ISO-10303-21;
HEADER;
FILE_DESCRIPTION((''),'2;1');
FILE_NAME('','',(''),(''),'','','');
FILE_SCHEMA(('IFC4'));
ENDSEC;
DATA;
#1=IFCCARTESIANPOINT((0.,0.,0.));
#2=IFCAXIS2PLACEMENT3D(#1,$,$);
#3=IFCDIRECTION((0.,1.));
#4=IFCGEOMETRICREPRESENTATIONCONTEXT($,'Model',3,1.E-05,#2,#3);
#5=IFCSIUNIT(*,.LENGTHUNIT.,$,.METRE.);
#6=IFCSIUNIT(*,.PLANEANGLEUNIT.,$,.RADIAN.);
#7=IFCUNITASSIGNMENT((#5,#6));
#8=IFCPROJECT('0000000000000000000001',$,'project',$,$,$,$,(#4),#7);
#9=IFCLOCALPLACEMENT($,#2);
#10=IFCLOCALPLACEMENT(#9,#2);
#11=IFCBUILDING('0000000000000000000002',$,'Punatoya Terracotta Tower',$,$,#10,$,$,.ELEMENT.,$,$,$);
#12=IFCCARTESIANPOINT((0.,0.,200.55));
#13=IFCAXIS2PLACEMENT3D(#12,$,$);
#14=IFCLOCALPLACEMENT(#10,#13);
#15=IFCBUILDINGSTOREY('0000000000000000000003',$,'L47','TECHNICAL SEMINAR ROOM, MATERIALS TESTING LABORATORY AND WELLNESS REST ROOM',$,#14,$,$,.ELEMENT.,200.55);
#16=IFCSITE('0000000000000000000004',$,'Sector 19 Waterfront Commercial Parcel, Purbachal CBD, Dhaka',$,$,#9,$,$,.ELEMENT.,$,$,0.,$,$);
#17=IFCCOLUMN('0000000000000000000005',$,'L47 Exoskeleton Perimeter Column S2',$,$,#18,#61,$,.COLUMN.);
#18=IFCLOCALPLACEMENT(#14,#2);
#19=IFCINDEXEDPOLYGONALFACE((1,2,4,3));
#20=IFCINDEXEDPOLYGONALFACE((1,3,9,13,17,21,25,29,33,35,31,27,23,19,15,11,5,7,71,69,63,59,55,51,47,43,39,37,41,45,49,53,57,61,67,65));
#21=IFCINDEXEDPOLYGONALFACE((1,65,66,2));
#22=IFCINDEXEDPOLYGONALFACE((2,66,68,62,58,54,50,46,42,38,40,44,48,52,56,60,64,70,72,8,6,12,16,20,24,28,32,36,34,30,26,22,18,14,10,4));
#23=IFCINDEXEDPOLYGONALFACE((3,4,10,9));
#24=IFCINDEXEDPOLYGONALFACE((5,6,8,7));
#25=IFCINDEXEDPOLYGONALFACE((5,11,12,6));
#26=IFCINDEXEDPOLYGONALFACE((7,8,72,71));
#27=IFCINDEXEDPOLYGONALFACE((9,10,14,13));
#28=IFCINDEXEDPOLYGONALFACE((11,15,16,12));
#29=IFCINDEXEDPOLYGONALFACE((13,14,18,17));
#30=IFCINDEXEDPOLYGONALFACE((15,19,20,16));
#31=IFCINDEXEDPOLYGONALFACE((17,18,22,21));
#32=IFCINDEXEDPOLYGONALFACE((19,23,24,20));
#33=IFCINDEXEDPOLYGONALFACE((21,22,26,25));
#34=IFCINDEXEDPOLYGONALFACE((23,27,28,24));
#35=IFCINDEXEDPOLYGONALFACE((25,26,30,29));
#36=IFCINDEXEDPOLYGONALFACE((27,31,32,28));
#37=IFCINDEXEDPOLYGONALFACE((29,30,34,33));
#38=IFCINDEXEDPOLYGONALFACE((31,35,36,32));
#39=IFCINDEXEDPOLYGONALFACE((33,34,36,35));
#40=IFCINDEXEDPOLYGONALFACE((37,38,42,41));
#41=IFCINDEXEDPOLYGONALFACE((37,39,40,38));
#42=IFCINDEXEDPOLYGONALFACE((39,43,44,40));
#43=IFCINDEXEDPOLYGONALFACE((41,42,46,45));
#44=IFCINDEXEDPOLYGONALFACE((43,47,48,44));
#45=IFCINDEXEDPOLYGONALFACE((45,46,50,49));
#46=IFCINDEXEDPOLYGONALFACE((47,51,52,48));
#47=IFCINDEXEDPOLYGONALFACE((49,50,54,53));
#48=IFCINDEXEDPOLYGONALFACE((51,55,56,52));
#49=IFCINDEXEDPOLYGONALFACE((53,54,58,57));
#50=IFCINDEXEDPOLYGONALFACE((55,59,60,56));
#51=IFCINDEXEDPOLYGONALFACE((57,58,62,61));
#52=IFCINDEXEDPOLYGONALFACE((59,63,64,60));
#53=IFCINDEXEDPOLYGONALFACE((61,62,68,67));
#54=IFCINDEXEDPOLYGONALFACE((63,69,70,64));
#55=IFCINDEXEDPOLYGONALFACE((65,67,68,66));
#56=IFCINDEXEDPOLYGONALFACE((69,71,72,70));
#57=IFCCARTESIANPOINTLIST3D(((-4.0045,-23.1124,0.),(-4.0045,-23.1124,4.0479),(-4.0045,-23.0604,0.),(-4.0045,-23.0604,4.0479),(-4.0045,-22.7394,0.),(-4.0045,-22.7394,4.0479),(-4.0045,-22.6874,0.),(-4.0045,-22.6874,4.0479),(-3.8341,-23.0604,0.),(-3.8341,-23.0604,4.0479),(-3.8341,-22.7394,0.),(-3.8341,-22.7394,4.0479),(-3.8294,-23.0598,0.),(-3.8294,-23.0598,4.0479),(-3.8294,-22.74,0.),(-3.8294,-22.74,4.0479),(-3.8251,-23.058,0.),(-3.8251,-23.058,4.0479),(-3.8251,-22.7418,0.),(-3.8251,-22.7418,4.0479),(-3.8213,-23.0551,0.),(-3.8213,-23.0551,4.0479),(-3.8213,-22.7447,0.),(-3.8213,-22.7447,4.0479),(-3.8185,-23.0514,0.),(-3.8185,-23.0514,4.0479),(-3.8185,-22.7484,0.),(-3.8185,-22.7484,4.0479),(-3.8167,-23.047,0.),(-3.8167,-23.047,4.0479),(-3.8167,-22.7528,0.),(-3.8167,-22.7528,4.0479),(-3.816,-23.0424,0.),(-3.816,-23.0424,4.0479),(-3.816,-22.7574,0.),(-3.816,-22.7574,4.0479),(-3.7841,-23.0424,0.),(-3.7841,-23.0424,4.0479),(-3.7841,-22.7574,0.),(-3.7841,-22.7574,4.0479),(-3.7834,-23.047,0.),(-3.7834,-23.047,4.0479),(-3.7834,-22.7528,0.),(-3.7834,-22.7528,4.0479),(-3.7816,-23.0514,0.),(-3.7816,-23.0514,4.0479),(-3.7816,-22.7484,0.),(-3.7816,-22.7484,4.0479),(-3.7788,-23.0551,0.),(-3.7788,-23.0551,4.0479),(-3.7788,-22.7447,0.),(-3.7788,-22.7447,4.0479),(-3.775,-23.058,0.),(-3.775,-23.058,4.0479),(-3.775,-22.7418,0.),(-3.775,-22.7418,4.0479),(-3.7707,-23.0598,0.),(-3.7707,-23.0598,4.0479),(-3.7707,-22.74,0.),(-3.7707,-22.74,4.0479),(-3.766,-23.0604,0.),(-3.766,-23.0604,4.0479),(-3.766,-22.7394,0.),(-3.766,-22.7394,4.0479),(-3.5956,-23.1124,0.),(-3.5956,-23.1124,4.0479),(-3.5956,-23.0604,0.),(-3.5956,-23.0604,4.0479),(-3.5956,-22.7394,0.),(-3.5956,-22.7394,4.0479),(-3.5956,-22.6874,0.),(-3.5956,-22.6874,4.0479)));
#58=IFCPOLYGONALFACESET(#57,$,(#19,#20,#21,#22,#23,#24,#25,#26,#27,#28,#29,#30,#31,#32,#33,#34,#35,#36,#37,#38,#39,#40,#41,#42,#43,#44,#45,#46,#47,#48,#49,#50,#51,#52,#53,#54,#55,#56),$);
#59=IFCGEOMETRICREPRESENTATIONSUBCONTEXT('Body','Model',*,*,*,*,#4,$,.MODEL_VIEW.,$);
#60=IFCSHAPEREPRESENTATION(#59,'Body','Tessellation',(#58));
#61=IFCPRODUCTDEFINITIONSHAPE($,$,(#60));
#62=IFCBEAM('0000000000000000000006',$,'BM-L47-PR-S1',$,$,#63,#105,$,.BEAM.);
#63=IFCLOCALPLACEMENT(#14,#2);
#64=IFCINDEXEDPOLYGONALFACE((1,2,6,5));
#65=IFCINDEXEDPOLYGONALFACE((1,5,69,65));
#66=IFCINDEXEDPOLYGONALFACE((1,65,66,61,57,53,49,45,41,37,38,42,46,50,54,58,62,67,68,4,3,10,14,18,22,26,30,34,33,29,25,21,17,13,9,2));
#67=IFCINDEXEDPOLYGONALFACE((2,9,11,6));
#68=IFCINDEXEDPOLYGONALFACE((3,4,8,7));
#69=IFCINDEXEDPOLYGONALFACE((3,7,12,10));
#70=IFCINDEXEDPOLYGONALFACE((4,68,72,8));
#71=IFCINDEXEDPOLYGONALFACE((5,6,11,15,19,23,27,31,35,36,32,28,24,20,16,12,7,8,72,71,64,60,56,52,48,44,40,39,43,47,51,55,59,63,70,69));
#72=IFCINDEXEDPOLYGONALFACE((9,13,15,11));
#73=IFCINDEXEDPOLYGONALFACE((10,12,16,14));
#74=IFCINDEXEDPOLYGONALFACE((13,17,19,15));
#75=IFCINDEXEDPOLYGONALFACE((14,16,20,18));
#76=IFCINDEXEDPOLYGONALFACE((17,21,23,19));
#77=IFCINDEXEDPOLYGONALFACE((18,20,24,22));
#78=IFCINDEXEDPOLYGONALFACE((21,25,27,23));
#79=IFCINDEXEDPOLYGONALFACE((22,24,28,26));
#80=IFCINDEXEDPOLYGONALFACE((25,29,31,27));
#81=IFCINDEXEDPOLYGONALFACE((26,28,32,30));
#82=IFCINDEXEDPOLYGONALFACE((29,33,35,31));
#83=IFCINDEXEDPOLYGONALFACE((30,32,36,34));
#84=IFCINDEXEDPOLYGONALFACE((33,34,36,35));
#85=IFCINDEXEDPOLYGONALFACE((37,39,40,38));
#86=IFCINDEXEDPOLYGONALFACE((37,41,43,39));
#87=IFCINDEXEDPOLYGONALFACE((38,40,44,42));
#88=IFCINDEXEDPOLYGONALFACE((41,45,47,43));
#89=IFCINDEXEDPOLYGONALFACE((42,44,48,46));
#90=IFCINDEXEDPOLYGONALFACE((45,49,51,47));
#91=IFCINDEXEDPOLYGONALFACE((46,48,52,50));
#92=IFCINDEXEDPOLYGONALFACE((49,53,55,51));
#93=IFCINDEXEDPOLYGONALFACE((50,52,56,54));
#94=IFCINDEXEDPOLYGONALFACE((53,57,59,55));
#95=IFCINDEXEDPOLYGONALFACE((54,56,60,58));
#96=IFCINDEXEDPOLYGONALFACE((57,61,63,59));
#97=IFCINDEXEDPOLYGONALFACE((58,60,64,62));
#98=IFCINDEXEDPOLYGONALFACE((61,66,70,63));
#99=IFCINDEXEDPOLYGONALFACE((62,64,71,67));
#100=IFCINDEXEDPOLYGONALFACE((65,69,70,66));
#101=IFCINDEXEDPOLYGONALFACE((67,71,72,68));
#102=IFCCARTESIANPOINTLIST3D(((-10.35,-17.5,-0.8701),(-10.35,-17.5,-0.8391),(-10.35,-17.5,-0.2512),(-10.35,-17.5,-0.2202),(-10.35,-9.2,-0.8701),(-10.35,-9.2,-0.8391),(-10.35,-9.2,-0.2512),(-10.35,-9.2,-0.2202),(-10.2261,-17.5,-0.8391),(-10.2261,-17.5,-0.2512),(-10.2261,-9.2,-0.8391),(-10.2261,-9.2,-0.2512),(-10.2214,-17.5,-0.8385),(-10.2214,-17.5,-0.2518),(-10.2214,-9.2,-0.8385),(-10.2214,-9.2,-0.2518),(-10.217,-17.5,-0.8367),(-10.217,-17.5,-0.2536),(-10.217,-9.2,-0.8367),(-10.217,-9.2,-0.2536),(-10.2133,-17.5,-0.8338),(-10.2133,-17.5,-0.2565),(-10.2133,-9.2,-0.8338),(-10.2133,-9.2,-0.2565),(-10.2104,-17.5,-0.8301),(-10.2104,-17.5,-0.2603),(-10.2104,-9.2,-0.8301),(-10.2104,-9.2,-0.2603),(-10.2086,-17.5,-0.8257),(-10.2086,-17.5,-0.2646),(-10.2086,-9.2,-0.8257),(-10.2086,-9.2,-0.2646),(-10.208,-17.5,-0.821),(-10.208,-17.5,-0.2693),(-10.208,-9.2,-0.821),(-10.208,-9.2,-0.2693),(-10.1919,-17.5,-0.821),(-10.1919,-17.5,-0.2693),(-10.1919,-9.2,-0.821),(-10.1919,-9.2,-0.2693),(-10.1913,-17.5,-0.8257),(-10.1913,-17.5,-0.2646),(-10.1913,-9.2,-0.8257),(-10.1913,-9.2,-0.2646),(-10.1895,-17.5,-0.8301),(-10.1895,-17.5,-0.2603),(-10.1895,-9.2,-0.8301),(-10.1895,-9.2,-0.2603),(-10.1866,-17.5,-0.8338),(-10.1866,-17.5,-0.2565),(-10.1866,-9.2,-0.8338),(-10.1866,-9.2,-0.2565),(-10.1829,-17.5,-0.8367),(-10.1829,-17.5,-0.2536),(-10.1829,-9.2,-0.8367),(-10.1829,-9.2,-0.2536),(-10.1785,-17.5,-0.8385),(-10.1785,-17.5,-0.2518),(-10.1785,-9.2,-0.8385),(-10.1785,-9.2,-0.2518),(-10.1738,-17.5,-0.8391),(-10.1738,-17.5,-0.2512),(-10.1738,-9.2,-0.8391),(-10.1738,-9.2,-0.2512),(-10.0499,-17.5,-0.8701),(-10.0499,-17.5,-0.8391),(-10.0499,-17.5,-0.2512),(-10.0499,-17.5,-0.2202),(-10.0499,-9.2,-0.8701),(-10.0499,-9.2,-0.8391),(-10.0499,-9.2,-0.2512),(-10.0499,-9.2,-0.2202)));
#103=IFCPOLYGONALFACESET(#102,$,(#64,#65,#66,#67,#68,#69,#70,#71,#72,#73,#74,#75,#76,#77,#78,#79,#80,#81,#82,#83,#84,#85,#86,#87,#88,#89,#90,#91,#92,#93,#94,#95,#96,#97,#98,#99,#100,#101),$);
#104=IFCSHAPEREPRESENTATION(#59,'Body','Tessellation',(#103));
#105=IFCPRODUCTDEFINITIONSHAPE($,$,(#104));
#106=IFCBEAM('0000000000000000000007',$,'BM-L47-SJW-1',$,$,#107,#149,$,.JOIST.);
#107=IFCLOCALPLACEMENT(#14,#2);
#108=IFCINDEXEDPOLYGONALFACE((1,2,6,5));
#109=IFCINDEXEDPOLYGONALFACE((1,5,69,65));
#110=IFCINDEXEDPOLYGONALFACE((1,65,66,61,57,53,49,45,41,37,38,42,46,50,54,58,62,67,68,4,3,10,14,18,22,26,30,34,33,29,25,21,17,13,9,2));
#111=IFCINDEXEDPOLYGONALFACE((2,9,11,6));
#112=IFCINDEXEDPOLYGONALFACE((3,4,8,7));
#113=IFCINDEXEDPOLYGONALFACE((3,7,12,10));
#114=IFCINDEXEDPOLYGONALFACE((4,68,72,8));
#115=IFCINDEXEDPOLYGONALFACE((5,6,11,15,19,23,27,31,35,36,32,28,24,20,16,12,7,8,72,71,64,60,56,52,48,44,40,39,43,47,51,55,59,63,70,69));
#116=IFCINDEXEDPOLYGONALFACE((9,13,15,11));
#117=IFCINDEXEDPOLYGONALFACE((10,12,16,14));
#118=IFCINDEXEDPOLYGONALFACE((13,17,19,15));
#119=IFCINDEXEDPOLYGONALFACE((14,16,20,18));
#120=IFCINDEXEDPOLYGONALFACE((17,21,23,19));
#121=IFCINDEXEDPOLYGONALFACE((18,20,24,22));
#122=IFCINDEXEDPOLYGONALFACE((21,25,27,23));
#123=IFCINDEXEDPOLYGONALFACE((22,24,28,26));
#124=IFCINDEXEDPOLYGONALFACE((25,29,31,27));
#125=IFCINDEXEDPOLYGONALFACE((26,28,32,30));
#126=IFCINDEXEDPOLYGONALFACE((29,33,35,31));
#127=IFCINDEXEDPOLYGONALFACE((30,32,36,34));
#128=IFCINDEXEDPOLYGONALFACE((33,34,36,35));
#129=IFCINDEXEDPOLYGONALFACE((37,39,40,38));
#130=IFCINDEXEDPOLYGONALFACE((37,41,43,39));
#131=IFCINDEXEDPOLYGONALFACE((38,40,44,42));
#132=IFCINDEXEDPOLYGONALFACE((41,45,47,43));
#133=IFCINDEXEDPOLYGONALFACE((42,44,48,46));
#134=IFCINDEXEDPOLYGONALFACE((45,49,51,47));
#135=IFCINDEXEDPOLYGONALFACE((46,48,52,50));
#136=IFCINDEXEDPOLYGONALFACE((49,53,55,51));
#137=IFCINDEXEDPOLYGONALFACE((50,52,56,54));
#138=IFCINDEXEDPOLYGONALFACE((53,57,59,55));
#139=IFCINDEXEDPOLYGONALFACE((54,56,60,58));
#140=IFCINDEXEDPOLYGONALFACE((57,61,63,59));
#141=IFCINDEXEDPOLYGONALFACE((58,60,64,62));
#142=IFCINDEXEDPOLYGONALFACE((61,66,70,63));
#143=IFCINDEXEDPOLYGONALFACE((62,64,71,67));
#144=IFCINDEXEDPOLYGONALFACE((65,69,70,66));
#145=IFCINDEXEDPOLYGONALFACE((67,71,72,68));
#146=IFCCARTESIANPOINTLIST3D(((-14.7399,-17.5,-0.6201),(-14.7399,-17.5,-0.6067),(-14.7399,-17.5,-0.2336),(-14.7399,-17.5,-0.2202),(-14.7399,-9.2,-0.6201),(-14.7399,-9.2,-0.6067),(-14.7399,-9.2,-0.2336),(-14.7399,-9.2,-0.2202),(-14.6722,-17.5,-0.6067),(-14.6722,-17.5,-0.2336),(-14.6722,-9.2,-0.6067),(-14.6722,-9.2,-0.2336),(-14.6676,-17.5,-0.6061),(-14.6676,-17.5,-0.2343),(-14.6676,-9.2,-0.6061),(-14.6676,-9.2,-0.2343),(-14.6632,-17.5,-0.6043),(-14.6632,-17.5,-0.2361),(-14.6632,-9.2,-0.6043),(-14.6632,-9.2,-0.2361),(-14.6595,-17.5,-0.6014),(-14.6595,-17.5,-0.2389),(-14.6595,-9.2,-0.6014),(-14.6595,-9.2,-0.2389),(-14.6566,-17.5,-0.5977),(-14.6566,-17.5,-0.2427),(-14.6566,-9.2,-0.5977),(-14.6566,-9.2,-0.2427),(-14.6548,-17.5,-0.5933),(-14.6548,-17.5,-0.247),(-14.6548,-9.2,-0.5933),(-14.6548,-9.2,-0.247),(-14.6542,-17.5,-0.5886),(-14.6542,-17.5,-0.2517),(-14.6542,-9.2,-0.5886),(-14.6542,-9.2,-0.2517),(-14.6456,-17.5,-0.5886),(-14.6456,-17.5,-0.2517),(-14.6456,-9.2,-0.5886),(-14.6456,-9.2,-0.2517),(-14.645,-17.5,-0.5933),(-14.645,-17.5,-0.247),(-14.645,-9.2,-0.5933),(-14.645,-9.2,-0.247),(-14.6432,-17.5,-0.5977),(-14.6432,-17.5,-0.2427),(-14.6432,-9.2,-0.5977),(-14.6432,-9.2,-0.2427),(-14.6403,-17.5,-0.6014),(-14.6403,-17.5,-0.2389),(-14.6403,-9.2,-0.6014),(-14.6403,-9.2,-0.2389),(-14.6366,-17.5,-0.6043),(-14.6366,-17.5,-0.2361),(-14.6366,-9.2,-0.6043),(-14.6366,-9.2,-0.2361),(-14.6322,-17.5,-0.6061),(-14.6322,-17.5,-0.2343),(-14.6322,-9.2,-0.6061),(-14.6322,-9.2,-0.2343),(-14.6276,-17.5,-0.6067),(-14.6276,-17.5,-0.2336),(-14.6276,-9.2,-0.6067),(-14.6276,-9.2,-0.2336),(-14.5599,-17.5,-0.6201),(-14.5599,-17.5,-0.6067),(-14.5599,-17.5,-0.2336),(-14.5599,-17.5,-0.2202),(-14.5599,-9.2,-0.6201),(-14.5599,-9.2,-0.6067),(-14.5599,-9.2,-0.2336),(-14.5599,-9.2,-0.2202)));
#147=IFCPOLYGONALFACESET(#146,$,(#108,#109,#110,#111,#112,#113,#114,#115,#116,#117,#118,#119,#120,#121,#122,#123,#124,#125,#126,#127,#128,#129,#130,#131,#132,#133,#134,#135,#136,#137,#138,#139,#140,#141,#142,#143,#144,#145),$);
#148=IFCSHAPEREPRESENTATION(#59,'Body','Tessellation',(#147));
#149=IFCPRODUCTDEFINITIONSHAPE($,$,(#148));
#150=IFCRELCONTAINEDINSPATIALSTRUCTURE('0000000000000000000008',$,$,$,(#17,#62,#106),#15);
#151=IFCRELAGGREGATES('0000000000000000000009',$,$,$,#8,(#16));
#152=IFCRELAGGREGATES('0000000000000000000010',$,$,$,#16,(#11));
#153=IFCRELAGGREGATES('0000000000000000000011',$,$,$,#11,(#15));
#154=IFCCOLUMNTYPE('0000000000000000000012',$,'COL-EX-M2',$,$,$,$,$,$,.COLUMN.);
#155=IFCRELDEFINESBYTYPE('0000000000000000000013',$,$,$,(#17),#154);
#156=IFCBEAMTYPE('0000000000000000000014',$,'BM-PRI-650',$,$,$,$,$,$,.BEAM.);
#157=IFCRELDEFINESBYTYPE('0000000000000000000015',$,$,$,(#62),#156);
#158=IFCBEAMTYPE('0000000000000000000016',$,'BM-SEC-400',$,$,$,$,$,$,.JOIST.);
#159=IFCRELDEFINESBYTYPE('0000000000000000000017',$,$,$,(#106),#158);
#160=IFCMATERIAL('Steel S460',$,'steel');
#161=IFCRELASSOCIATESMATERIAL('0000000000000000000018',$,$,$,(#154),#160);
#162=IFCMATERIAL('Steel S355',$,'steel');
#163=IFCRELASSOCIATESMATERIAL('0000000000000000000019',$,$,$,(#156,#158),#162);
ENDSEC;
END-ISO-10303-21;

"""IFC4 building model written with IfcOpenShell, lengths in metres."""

from ifc_helpers import new_model, si_unit, direction, frame, origin, origin_2d, place, context, subcontext, project, spatial, i_section, extrude, material, material_profile, profile_set, type_object, element, save


model = new_model("IFC4")

# Units and contexts
model_context = context("Model", 3, precision=1e-05, world=origin(), true_north=direction((0.0, 1.0)))
body_context = subcontext(model_context, "Body", "Model", "MODEL_VIEW")
ifc_project = project(units=[si_unit("LENGTHUNIT", "METRE"), si_unit("PLANEANGLEUNIT", "RADIAN")], contexts=[model_context])

# Site, building, storey
site_placement = place(None, origin())
site = spatial("IfcSite", under=ifc_project, at=site_placement, Name="Sector 19 Waterfront Commercial Parcel, Purbachal CBD, Dhaka", CompositionType="ELEMENT", RefElevation=0.0)
building_placement = place(site_placement, origin())
building = spatial("IfcBuilding", under=site, at=building_placement, Name="Punatoya Terracotta Tower", CompositionType="ELEMENT")
storey_placement = place(building_placement, frame((0.0, 0.0, 200.55)))
storey = spatial("IfcBuildingStorey", under=building, at=storey_placement, Name="L47", Description="TECHNICAL SEMINAR ROOM, MATERIALS TESTING LABORATORY AND WELLNESS REST ROOM", CompositionType="ELEMENT", Elevation=200.55)

# Column
ifc_material_1 = material(Name="Steel S460", Category="steel")
ifc_material_profile_1 = material_profile(ifc_material_1, i_section(OverallWidth=0.4089, OverallDepth=0.425, WebThickness=0.032, FlangeThickness=0.052, FilletRadius=0.0181, at=origin_2d()))
ifc_profile_set_1 = profile_set([ifc_material_profile_1], Name="Steel S460")
column_type = type_object("IfcColumnType", Name="COL-EX-M2", PredefinedType="COLUMN", material=ifc_profile_set_1)
column_placement = place(storey_placement, frame((-3.8, -22.8999, 0.0), z_axis=(0.0, 0.0, 1.0), x_axis=(1.0, 0.0, 0.0)))
element("IfcColumn", 1, at=column_placement, inside=storey, type_object=column_type, Name="L47 Exoskeleton Perimeter Column S2", PredefinedType="COLUMN", context=body_context, shape_type="SweptSolid", body=[
    extrude(i_section(OverallWidth=0.4089, OverallDepth=0.425, WebThickness=0.032, FlangeThickness=0.052, FilletRadius=0.0181, at=origin_2d()), origin(), (0.0, 0.0, 1.0), 4.0479),
])

# Beams
ifc_material_2 = material(Name="Steel S355", Category="steel")
ifc_material_profile_2 = material_profile(ifc_material_2, i_section(OverallWidth=0.3, OverallDepth=0.6499, WebThickness=0.0161, FlangeThickness=0.031, FilletRadius=0.0181, at=origin_2d()))
ifc_profile_set_2 = profile_set([ifc_material_profile_2], Name="Steel S355")
beam_type_1 = type_object("IfcBeamType", Name="BM-PRI-650", PredefinedType="BEAM", material=ifc_profile_set_2)
beam_1_placement = place(storey_placement, frame((-10.2, -17.5, -0.5452), z_axis=(0.0, 1.0, 0.0), x_axis=(-1.0, 0.0, 0.0)))
element("IfcBeam", 2, at=beam_1_placement, inside=storey, type_object=beam_type_1, Name="BM-L47-PR-S1", PredefinedType="BEAM", context=body_context, shape_type="SweptSolid", body=[
    extrude(i_section(OverallWidth=0.3, OverallDepth=0.6499, WebThickness=0.0161, FlangeThickness=0.031, FilletRadius=0.0181, at=origin_2d()), origin(), (0.0, 0.0, 1.0), 8.3),
])
ifc_material_profile_3 = material_profile(ifc_material_2, i_section(OverallWidth=0.1799, OverallDepth=0.3999, WebThickness=0.0085, FlangeThickness=0.0134, FilletRadius=0.0181, at=origin_2d()))
ifc_profile_set_3 = profile_set([ifc_material_profile_3], Name="Steel S355")
beam_type_2 = type_object("IfcBeamType", Name="BM-SEC-400", PredefinedType="JOIST", material=ifc_profile_set_3)
beam_2_placement = place(storey_placement, frame((-14.6499, -17.5, -0.4202), z_axis=(0.0, 1.0, 0.0), x_axis=(-1.0, 0.0, 0.0)))
element("IfcBeam", 3, at=beam_2_placement, inside=storey, type_object=beam_type_2, Name="BM-L47-SJW-1", PredefinedType="JOIST", context=body_context, shape_type="SweptSolid", body=[
    extrude(i_section(OverallWidth=0.1799, OverallDepth=0.3999, WebThickness=0.0085, FlangeThickness=0.0134, FilletRadius=0.0181, at=origin_2d()), origin(), (0.0, 0.0, 1.0), 8.3),
])

save(model, "model.ifc")
